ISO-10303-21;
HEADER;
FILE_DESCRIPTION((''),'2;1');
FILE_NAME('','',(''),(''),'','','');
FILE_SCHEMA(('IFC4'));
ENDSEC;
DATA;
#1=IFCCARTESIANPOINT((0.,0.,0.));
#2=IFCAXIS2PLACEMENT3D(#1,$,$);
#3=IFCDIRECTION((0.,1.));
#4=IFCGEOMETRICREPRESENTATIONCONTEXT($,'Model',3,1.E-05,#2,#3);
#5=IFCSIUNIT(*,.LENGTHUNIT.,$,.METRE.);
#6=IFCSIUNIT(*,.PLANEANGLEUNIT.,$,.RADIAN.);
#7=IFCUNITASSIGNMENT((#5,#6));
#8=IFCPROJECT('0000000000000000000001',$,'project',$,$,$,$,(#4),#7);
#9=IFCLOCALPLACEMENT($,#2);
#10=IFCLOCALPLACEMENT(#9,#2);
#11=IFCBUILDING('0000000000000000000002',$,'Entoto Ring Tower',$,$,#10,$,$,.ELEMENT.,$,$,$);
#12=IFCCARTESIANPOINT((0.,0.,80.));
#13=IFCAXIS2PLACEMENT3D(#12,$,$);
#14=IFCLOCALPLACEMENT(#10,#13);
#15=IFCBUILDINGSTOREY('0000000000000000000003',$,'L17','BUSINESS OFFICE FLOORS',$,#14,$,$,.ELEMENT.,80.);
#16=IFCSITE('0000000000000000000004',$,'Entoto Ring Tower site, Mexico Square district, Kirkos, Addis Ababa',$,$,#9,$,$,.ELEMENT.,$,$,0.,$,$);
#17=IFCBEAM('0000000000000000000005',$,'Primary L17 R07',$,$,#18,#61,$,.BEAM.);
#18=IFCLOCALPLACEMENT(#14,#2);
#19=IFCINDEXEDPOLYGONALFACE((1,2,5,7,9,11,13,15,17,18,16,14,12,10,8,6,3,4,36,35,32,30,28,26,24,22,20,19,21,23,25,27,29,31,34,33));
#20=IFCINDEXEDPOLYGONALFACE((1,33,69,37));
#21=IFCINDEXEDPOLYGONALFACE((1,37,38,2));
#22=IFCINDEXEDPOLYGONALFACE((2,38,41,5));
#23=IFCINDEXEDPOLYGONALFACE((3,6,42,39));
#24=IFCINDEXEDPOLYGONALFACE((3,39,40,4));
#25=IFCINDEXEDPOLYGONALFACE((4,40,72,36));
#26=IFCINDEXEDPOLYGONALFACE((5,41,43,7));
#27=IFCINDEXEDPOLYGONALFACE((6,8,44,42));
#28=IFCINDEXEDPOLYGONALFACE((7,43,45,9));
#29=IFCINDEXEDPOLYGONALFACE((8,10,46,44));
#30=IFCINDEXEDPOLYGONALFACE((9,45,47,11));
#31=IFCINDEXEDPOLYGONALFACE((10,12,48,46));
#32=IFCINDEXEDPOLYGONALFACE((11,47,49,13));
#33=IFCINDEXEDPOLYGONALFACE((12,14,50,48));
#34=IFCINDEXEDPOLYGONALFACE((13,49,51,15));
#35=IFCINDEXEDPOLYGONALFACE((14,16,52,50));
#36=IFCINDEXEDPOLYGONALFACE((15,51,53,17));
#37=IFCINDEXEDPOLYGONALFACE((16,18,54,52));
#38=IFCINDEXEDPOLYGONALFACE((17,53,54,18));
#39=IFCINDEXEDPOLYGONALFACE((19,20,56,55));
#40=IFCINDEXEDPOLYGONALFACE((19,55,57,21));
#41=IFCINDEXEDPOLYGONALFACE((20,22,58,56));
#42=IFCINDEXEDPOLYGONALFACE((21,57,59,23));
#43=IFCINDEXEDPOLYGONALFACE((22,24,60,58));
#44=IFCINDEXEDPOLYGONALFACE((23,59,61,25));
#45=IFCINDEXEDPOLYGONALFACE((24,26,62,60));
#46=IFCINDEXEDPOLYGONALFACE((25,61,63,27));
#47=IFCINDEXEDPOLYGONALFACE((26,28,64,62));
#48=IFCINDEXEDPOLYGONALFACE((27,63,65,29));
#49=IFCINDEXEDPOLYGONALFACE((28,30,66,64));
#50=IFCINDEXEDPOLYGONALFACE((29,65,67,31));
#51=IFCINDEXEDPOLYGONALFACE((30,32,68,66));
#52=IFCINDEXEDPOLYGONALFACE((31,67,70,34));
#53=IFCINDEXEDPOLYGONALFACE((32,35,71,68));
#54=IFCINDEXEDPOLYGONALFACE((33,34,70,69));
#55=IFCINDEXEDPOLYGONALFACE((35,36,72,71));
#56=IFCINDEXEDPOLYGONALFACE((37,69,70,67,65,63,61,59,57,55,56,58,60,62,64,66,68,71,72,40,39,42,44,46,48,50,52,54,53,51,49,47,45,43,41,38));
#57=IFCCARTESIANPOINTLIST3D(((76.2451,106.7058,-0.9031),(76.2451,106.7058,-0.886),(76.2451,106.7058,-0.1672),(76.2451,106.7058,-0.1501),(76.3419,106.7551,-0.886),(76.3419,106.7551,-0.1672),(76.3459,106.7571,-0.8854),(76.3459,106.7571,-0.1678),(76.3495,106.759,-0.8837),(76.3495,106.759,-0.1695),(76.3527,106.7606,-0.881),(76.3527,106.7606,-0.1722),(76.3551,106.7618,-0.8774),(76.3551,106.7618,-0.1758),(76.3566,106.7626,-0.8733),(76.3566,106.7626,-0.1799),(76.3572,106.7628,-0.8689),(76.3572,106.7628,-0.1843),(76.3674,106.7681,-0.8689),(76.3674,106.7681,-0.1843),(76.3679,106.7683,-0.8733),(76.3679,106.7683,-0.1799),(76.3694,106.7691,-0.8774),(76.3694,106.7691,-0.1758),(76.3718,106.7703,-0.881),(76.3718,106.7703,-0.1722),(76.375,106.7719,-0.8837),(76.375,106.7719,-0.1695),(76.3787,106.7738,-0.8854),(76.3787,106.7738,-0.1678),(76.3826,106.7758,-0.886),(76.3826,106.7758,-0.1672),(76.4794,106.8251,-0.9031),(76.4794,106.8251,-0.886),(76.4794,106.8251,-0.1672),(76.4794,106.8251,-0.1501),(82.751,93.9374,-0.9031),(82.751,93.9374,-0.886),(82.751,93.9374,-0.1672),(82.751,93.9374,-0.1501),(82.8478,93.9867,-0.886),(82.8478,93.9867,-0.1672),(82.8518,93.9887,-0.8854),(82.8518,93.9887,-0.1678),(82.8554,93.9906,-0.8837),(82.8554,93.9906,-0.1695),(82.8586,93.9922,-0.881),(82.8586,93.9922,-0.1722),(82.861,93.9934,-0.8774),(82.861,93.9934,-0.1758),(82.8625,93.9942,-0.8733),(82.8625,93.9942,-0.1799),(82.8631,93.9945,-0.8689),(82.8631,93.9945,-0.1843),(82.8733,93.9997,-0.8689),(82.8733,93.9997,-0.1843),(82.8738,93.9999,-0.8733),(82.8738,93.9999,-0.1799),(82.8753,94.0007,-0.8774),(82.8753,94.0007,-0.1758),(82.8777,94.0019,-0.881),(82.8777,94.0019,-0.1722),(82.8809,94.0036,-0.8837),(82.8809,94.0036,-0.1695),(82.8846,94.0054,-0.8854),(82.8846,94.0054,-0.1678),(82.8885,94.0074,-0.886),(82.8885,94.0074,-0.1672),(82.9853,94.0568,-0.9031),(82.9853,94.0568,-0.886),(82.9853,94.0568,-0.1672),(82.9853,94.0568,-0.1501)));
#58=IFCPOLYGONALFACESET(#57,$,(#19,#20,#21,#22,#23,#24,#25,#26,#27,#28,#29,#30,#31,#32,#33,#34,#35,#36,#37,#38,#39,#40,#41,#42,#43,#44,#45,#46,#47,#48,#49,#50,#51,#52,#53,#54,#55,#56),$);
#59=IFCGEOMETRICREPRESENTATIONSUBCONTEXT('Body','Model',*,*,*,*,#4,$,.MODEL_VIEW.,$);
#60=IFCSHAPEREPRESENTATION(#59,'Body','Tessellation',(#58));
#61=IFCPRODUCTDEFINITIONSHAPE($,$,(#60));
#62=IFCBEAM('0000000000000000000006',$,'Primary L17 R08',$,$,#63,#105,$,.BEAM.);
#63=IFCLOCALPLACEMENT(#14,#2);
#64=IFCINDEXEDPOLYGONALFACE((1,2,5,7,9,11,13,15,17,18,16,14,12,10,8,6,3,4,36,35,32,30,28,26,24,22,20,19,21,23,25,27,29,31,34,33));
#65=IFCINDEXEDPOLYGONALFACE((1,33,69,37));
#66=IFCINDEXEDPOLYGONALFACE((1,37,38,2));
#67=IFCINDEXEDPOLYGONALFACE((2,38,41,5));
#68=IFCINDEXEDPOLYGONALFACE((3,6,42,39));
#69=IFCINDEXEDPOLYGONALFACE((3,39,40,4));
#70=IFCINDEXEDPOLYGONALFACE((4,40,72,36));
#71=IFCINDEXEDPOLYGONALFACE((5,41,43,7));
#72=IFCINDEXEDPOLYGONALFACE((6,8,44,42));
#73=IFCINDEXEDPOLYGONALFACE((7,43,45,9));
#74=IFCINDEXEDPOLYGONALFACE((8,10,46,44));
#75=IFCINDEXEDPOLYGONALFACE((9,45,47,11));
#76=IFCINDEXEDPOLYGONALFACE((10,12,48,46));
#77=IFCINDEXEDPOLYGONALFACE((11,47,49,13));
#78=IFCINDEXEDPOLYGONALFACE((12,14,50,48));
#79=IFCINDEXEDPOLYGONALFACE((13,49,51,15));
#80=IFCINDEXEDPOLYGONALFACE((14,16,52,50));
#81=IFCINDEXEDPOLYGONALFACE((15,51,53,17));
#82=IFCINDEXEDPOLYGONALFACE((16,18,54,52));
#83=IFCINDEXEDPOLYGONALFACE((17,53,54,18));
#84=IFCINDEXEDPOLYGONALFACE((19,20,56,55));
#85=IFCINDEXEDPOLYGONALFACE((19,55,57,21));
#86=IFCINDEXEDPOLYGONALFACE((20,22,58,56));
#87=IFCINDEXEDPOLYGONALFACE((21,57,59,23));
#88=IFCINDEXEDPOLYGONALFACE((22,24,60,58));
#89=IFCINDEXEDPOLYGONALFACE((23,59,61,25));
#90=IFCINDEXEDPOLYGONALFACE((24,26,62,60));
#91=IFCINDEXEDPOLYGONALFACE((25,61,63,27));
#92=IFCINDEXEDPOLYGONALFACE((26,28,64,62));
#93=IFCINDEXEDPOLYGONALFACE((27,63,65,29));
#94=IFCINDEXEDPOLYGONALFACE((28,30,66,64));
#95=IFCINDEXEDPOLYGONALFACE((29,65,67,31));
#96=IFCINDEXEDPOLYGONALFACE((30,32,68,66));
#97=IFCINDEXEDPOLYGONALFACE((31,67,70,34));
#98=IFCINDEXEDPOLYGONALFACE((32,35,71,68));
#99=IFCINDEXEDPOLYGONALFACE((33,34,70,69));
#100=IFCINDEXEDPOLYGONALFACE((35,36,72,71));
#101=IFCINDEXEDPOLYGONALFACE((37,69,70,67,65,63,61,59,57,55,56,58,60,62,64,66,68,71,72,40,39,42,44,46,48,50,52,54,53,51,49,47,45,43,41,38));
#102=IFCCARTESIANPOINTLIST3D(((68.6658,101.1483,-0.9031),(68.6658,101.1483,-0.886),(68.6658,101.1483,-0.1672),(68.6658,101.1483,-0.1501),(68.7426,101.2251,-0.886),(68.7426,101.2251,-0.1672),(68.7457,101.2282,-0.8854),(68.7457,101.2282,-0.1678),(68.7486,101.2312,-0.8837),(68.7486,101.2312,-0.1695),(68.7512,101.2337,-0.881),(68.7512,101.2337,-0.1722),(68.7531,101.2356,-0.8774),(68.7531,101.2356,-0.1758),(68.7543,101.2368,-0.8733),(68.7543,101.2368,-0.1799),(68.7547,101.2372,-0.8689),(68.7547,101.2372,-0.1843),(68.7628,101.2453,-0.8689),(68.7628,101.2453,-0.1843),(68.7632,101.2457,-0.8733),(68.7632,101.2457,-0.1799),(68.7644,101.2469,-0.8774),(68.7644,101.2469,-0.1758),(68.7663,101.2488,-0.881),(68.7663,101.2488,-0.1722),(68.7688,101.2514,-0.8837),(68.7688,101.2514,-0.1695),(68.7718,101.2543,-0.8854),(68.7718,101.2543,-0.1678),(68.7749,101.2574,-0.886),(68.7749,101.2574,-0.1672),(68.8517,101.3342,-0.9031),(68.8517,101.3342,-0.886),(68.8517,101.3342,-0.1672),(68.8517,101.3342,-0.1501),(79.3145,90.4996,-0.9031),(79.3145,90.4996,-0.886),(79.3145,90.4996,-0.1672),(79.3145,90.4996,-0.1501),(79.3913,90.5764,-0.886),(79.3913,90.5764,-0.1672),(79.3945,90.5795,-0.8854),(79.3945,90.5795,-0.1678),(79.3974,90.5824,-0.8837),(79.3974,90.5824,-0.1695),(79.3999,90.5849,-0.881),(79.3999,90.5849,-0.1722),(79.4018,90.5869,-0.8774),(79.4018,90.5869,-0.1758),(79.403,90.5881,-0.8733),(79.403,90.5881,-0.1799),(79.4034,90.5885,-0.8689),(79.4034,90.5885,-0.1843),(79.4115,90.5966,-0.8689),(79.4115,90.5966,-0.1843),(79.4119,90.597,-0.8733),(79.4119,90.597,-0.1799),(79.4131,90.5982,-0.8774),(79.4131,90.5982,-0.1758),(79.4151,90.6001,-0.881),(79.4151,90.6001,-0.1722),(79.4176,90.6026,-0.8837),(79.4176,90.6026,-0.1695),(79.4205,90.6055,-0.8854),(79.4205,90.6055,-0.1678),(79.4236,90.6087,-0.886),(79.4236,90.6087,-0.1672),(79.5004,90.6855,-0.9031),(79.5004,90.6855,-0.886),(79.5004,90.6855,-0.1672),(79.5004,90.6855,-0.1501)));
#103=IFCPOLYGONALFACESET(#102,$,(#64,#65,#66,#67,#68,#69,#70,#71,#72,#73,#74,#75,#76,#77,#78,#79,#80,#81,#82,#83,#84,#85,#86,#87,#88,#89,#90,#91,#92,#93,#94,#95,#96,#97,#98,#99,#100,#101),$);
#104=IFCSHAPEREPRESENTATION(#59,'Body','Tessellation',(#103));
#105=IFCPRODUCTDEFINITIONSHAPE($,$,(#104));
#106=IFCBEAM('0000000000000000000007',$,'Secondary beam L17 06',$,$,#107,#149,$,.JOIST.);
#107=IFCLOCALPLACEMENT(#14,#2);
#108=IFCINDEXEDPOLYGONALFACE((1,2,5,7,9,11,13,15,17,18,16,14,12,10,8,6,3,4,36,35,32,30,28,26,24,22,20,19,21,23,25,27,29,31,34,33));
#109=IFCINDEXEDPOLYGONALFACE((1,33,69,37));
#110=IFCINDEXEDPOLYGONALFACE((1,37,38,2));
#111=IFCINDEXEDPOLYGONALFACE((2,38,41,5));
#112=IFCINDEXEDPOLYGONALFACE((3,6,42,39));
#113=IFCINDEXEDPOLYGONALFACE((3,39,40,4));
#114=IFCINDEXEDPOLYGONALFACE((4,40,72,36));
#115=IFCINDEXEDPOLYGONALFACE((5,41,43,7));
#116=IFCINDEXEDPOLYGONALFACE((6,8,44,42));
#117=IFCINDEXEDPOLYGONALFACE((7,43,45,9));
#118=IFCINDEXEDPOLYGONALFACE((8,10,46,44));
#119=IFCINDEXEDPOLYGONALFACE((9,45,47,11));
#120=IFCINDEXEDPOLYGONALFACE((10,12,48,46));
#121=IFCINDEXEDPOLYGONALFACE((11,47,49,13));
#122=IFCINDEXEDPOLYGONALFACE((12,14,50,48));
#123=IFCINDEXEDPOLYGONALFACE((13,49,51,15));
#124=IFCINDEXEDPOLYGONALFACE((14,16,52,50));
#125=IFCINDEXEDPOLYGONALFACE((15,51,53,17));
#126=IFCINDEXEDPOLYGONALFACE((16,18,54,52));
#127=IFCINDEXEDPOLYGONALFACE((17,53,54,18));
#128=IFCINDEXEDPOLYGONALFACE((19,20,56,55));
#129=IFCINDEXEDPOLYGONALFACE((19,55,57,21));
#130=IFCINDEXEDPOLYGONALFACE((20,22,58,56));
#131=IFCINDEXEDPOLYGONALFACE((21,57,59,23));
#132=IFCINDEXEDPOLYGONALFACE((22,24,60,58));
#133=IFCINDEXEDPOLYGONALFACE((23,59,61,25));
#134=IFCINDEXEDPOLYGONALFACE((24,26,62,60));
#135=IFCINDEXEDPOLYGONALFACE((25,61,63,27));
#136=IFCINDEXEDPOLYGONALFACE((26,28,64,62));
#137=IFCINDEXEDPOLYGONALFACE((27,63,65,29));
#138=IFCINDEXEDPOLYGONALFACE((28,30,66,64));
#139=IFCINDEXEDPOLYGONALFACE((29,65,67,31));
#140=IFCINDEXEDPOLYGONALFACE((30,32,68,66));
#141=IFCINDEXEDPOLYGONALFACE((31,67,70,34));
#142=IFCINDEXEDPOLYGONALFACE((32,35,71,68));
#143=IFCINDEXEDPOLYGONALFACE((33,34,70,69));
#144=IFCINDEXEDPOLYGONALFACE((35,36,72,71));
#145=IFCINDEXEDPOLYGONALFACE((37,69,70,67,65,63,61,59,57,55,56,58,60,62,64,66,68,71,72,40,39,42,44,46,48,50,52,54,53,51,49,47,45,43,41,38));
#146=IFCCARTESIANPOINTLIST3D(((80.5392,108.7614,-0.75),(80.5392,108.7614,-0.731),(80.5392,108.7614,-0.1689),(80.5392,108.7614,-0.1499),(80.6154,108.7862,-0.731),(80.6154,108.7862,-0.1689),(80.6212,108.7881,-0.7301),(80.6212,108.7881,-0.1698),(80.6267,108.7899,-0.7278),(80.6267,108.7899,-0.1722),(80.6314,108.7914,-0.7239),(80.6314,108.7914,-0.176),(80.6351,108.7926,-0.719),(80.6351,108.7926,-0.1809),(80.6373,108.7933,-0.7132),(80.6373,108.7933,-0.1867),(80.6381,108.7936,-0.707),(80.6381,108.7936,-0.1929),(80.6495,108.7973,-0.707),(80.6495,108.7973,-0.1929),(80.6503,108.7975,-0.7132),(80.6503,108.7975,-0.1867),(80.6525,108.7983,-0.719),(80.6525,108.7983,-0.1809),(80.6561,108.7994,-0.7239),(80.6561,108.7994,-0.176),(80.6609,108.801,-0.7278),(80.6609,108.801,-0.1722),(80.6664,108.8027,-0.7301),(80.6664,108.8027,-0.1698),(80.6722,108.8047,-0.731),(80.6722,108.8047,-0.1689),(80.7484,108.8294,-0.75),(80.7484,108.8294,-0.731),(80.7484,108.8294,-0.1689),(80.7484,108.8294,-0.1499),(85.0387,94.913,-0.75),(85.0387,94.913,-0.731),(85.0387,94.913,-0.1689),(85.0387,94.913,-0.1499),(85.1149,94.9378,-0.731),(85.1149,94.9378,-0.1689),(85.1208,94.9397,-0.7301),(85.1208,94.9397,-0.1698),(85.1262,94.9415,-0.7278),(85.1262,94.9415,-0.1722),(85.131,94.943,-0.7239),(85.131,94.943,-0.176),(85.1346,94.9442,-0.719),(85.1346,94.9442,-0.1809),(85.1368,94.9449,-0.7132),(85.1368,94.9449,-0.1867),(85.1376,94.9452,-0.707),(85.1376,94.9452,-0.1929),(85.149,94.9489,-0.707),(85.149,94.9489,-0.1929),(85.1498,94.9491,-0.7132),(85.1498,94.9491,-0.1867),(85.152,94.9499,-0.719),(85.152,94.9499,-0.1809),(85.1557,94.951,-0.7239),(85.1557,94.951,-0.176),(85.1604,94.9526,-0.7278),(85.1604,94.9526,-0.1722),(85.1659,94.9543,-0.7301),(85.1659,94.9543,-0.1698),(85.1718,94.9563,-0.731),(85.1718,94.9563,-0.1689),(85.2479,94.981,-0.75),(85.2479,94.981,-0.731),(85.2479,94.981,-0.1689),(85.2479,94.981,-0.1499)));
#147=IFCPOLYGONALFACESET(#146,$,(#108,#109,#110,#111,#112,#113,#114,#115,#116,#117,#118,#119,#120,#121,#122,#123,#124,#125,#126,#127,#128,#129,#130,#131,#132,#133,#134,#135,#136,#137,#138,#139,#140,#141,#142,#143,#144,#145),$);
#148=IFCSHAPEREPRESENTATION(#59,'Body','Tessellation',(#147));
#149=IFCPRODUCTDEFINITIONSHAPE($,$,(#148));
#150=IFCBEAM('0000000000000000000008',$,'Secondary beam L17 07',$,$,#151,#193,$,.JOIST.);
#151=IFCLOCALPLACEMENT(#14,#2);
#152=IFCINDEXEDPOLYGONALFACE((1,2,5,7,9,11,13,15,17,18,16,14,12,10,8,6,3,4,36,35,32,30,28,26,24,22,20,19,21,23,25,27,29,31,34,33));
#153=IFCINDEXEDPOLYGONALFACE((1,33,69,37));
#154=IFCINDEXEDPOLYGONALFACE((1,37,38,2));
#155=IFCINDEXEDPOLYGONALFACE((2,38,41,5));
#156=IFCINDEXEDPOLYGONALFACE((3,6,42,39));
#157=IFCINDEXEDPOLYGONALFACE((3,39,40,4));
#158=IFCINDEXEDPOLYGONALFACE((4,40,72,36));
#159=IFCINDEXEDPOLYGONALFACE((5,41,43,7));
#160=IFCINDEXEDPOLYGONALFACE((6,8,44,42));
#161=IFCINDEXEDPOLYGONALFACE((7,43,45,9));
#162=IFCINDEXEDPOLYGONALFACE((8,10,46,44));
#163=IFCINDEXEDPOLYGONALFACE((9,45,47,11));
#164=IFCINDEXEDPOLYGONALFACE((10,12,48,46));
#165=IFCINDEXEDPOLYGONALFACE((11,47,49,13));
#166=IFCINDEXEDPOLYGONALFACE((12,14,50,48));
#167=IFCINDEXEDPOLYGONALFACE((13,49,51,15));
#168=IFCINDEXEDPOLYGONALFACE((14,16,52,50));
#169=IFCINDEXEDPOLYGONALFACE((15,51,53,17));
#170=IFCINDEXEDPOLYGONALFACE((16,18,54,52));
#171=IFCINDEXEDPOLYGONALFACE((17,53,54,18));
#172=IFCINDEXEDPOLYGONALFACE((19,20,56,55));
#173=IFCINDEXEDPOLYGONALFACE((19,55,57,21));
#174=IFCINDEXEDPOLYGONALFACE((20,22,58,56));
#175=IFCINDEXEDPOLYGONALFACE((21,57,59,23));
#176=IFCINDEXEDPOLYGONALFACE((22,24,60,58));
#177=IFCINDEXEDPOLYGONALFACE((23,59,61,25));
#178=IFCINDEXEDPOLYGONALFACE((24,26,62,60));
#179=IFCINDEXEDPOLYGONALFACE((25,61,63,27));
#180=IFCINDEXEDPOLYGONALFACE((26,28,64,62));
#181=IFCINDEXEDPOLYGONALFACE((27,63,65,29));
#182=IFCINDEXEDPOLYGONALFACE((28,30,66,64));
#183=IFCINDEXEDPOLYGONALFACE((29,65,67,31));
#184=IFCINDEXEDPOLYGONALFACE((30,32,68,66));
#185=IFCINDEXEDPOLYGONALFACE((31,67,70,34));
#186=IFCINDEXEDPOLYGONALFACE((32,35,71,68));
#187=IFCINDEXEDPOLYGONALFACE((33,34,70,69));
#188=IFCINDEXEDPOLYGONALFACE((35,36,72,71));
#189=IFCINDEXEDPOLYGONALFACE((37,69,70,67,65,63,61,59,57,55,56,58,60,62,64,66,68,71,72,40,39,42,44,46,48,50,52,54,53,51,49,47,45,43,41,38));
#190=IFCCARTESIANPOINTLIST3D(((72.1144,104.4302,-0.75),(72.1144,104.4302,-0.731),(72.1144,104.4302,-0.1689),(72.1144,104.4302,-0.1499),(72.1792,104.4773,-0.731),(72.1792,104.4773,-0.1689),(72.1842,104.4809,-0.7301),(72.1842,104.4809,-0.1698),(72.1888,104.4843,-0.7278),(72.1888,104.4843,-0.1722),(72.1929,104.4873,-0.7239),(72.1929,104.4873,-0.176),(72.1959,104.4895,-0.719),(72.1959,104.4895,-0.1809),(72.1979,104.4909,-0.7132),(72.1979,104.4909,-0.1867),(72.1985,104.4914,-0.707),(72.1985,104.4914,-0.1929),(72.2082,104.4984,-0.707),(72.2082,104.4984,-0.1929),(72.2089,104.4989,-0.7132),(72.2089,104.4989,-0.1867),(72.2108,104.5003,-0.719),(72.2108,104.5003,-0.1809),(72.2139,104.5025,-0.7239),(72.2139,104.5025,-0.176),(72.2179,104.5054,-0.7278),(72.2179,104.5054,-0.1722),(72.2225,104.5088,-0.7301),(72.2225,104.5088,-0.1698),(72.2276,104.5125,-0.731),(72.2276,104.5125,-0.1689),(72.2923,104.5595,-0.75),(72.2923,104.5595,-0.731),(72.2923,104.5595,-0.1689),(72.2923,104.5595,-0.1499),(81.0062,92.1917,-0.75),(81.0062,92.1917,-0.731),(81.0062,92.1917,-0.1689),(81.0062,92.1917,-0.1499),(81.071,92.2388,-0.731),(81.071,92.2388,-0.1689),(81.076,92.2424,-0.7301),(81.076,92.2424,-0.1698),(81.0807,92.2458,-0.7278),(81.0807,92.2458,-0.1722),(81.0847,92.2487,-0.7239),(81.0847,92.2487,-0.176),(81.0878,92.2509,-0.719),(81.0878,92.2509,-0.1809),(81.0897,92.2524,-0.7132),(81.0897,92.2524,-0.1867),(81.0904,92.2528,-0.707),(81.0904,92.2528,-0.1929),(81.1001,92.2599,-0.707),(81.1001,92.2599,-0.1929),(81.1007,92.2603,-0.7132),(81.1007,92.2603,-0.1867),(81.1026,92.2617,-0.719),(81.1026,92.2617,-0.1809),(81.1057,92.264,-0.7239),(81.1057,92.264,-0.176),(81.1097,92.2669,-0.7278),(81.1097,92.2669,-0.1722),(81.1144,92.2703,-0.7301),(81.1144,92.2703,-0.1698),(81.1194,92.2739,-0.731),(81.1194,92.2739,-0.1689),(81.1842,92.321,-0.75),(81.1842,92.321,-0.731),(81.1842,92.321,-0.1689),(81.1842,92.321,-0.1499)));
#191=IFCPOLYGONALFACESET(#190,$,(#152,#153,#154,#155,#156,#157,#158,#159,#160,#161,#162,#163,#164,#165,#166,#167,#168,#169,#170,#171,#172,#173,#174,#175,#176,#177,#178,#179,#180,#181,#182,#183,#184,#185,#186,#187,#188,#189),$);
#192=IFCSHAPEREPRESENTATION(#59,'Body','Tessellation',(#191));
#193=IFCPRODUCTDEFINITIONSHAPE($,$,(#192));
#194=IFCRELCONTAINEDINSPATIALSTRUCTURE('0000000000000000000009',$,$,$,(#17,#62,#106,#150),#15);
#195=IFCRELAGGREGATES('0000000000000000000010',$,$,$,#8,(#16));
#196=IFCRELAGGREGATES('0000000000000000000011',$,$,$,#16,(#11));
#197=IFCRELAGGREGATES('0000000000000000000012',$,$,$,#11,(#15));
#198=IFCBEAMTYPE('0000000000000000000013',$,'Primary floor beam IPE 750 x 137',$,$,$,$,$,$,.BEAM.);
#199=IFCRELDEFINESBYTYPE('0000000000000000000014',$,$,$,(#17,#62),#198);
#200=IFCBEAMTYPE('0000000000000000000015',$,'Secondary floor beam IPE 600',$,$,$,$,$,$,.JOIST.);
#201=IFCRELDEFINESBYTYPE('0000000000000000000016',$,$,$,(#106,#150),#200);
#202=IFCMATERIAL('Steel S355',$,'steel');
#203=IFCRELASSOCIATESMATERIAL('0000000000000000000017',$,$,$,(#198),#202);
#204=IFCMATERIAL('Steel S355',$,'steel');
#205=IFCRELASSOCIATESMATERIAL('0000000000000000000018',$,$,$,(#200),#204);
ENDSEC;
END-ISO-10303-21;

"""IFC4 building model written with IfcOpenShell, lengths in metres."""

from ifc_helpers import new_model, si_unit, direction, frame, origin, origin_2d, place, context, subcontext, project, spatial, i_section, extrude, material, material_profile, profile_set, type_object, element, save


model = new_model("IFC4")

# Units and contexts
model_context = context("Model", 3, precision=1e-05, world=origin(), true_north=direction((0.0, 1.0)))
body_context = subcontext(model_context, "Body", "Model", "MODEL_VIEW")
ifc_project = project(units=[si_unit("LENGTHUNIT", "METRE"), si_unit("PLANEANGLEUNIT", "RADIAN")], contexts=[model_context])

# Site, building, storey
site_placement = place(None, origin())
site = spatial("IfcSite", under=ifc_project, at=site_placement, Name="Entoto Ring Tower site, Mexico Square district, Kirkos, Addis Ababa", CompositionType="ELEMENT", RefElevation=0.0)
building_placement = place(site_placement, origin())
building = spatial("IfcBuilding", under=site, at=building_placement, Name="Entoto Ring Tower", CompositionType="ELEMENT")
storey_placement = place(building_placement, frame((0.0, 0.0, 80.0)))
storey = spatial("IfcBuildingStorey", under=building, at=storey_placement, Name="L17", Description="BUSINESS OFFICE FLOORS", CompositionType="ELEMENT", Elevation=80.0)

# Beams
ifc_material_1 = material(Name="Steel S355", Category="steel")
ifc_material_profile_1 = material_profile(ifc_material_1, i_section(OverallWidth=0.2629, OverallDepth=0.7529, WebThickness=0.0115, FlangeThickness=0.0171, FilletRadius=0.0171, at=origin_2d()), Name="IPE 750 x 137")
ifc_profile_set_1 = profile_set([ifc_material_profile_1], Name="Steel S355")
beam_type_1 = type_object("IfcBeamType", Name="Primary floor beam IPE 750 x 137", PredefinedType="BEAM", material=ifc_profile_set_1)
beam_1_placement = place(storey_placement, frame((82.8682, 93.9971, -0.5266), z_axis=(-0.453995, 0.891004, 0.0), x_axis=(-0.891004, -0.453995, 0.0)))
element("IfcBeam", 1, at=beam_1_placement, inside=storey, type_object=beam_type_1, Name="Primary L17 R07", PredefinedType="BEAM", context=body_context, shape_type="SweptSolid", body=[
    extrude(i_section(OverallWidth=0.2629, OverallDepth=0.7529, WebThickness=0.0115, FlangeThickness=0.0171, FilletRadius=0.0171, at=origin_2d()), origin(), (0.0, 0.0, 1.0), 14.3303),
])
beam_2_placement = place(storey_placement, frame((79.4075, 90.5925, -0.5266), z_axis=(-0.707107, 0.707107, 0.0), x_axis=(-0.707107, -0.707107, 0.0)))
element("IfcBeam", 2, at=beam_2_placement, inside=storey, type_object=beam_type_1, Name="Primary L17 R08", PredefinedType="BEAM", context=body_context, shape_type="SweptSolid", body=[
    extrude(i_section(OverallWidth=0.2629, OverallDepth=0.7529, WebThickness=0.0115, FlangeThickness=0.0171, FilletRadius=0.0171, at=origin_2d()), origin(), (0.0, 0.0, 1.0), 15.0596),
])
ifc_material_2 = material(Name="Steel S355", Category="steel")
ifc_material_profile_2 = material_profile(ifc_material_2, i_section(OverallWidth=0.22, OverallDepth=0.6001, WebThickness=0.012, FlangeThickness=0.019, FilletRadius=0.0239, at=origin_2d()), Name="IPE 600")
ifc_profile_set_2 = profile_set([ifc_material_profile_2], Name="Steel S355")
beam_type_2 = type_object("IfcBeamType", Name="Secondary floor beam IPE 600", PredefinedType="JOIST", material=ifc_profile_set_2)
beam_3_placement = place(storey_placement, frame((85.1433, 94.947, -0.45), z_axis=(-0.309011, 0.951059, 0.0), x_axis=(-0.951059, -0.309011, 0.0)))
element("IfcBeam", 3, at=beam_3_placement, inside=storey, type_object=beam_type_2, Name="Secondary beam L17 06", PredefinedType="JOIST", context=body_context, shape_type="SweptSolid", body=[
    extrude(i_section(OverallWidth=0.22, OverallDepth=0.6001, WebThickness=0.012, FlangeThickness=0.019, FilletRadius=0.0239, at=origin_2d()), origin(), (0.0, 0.0, 1.0), 14.561),
])
for number, where, z_axis, x_axis, name in (
    (4, (81.0952, 92.2563, -0.45), (-0.587787, 0.809016, 0.0), (-0.809016, -0.587787, 0.0), "Secondary beam L17 07"),
):
    element("IfcBeam", number, at=place(storey_placement, frame(where, z_axis=z_axis, x_axis=x_axis)), inside=storey, type_object=beam_type_2, Name=name, PredefinedType="JOIST", context=body_context, shape_type="SweptSolid", body=[
        extrude(i_section(OverallWidth=0.22, OverallDepth=0.6001, WebThickness=0.012, FlangeThickness=0.019, FilletRadius=0.0239, at=origin_2d()), origin(), (0.0, 0.0, 1.0), 15.1277),
    ])

save(model, "model.ifc")
